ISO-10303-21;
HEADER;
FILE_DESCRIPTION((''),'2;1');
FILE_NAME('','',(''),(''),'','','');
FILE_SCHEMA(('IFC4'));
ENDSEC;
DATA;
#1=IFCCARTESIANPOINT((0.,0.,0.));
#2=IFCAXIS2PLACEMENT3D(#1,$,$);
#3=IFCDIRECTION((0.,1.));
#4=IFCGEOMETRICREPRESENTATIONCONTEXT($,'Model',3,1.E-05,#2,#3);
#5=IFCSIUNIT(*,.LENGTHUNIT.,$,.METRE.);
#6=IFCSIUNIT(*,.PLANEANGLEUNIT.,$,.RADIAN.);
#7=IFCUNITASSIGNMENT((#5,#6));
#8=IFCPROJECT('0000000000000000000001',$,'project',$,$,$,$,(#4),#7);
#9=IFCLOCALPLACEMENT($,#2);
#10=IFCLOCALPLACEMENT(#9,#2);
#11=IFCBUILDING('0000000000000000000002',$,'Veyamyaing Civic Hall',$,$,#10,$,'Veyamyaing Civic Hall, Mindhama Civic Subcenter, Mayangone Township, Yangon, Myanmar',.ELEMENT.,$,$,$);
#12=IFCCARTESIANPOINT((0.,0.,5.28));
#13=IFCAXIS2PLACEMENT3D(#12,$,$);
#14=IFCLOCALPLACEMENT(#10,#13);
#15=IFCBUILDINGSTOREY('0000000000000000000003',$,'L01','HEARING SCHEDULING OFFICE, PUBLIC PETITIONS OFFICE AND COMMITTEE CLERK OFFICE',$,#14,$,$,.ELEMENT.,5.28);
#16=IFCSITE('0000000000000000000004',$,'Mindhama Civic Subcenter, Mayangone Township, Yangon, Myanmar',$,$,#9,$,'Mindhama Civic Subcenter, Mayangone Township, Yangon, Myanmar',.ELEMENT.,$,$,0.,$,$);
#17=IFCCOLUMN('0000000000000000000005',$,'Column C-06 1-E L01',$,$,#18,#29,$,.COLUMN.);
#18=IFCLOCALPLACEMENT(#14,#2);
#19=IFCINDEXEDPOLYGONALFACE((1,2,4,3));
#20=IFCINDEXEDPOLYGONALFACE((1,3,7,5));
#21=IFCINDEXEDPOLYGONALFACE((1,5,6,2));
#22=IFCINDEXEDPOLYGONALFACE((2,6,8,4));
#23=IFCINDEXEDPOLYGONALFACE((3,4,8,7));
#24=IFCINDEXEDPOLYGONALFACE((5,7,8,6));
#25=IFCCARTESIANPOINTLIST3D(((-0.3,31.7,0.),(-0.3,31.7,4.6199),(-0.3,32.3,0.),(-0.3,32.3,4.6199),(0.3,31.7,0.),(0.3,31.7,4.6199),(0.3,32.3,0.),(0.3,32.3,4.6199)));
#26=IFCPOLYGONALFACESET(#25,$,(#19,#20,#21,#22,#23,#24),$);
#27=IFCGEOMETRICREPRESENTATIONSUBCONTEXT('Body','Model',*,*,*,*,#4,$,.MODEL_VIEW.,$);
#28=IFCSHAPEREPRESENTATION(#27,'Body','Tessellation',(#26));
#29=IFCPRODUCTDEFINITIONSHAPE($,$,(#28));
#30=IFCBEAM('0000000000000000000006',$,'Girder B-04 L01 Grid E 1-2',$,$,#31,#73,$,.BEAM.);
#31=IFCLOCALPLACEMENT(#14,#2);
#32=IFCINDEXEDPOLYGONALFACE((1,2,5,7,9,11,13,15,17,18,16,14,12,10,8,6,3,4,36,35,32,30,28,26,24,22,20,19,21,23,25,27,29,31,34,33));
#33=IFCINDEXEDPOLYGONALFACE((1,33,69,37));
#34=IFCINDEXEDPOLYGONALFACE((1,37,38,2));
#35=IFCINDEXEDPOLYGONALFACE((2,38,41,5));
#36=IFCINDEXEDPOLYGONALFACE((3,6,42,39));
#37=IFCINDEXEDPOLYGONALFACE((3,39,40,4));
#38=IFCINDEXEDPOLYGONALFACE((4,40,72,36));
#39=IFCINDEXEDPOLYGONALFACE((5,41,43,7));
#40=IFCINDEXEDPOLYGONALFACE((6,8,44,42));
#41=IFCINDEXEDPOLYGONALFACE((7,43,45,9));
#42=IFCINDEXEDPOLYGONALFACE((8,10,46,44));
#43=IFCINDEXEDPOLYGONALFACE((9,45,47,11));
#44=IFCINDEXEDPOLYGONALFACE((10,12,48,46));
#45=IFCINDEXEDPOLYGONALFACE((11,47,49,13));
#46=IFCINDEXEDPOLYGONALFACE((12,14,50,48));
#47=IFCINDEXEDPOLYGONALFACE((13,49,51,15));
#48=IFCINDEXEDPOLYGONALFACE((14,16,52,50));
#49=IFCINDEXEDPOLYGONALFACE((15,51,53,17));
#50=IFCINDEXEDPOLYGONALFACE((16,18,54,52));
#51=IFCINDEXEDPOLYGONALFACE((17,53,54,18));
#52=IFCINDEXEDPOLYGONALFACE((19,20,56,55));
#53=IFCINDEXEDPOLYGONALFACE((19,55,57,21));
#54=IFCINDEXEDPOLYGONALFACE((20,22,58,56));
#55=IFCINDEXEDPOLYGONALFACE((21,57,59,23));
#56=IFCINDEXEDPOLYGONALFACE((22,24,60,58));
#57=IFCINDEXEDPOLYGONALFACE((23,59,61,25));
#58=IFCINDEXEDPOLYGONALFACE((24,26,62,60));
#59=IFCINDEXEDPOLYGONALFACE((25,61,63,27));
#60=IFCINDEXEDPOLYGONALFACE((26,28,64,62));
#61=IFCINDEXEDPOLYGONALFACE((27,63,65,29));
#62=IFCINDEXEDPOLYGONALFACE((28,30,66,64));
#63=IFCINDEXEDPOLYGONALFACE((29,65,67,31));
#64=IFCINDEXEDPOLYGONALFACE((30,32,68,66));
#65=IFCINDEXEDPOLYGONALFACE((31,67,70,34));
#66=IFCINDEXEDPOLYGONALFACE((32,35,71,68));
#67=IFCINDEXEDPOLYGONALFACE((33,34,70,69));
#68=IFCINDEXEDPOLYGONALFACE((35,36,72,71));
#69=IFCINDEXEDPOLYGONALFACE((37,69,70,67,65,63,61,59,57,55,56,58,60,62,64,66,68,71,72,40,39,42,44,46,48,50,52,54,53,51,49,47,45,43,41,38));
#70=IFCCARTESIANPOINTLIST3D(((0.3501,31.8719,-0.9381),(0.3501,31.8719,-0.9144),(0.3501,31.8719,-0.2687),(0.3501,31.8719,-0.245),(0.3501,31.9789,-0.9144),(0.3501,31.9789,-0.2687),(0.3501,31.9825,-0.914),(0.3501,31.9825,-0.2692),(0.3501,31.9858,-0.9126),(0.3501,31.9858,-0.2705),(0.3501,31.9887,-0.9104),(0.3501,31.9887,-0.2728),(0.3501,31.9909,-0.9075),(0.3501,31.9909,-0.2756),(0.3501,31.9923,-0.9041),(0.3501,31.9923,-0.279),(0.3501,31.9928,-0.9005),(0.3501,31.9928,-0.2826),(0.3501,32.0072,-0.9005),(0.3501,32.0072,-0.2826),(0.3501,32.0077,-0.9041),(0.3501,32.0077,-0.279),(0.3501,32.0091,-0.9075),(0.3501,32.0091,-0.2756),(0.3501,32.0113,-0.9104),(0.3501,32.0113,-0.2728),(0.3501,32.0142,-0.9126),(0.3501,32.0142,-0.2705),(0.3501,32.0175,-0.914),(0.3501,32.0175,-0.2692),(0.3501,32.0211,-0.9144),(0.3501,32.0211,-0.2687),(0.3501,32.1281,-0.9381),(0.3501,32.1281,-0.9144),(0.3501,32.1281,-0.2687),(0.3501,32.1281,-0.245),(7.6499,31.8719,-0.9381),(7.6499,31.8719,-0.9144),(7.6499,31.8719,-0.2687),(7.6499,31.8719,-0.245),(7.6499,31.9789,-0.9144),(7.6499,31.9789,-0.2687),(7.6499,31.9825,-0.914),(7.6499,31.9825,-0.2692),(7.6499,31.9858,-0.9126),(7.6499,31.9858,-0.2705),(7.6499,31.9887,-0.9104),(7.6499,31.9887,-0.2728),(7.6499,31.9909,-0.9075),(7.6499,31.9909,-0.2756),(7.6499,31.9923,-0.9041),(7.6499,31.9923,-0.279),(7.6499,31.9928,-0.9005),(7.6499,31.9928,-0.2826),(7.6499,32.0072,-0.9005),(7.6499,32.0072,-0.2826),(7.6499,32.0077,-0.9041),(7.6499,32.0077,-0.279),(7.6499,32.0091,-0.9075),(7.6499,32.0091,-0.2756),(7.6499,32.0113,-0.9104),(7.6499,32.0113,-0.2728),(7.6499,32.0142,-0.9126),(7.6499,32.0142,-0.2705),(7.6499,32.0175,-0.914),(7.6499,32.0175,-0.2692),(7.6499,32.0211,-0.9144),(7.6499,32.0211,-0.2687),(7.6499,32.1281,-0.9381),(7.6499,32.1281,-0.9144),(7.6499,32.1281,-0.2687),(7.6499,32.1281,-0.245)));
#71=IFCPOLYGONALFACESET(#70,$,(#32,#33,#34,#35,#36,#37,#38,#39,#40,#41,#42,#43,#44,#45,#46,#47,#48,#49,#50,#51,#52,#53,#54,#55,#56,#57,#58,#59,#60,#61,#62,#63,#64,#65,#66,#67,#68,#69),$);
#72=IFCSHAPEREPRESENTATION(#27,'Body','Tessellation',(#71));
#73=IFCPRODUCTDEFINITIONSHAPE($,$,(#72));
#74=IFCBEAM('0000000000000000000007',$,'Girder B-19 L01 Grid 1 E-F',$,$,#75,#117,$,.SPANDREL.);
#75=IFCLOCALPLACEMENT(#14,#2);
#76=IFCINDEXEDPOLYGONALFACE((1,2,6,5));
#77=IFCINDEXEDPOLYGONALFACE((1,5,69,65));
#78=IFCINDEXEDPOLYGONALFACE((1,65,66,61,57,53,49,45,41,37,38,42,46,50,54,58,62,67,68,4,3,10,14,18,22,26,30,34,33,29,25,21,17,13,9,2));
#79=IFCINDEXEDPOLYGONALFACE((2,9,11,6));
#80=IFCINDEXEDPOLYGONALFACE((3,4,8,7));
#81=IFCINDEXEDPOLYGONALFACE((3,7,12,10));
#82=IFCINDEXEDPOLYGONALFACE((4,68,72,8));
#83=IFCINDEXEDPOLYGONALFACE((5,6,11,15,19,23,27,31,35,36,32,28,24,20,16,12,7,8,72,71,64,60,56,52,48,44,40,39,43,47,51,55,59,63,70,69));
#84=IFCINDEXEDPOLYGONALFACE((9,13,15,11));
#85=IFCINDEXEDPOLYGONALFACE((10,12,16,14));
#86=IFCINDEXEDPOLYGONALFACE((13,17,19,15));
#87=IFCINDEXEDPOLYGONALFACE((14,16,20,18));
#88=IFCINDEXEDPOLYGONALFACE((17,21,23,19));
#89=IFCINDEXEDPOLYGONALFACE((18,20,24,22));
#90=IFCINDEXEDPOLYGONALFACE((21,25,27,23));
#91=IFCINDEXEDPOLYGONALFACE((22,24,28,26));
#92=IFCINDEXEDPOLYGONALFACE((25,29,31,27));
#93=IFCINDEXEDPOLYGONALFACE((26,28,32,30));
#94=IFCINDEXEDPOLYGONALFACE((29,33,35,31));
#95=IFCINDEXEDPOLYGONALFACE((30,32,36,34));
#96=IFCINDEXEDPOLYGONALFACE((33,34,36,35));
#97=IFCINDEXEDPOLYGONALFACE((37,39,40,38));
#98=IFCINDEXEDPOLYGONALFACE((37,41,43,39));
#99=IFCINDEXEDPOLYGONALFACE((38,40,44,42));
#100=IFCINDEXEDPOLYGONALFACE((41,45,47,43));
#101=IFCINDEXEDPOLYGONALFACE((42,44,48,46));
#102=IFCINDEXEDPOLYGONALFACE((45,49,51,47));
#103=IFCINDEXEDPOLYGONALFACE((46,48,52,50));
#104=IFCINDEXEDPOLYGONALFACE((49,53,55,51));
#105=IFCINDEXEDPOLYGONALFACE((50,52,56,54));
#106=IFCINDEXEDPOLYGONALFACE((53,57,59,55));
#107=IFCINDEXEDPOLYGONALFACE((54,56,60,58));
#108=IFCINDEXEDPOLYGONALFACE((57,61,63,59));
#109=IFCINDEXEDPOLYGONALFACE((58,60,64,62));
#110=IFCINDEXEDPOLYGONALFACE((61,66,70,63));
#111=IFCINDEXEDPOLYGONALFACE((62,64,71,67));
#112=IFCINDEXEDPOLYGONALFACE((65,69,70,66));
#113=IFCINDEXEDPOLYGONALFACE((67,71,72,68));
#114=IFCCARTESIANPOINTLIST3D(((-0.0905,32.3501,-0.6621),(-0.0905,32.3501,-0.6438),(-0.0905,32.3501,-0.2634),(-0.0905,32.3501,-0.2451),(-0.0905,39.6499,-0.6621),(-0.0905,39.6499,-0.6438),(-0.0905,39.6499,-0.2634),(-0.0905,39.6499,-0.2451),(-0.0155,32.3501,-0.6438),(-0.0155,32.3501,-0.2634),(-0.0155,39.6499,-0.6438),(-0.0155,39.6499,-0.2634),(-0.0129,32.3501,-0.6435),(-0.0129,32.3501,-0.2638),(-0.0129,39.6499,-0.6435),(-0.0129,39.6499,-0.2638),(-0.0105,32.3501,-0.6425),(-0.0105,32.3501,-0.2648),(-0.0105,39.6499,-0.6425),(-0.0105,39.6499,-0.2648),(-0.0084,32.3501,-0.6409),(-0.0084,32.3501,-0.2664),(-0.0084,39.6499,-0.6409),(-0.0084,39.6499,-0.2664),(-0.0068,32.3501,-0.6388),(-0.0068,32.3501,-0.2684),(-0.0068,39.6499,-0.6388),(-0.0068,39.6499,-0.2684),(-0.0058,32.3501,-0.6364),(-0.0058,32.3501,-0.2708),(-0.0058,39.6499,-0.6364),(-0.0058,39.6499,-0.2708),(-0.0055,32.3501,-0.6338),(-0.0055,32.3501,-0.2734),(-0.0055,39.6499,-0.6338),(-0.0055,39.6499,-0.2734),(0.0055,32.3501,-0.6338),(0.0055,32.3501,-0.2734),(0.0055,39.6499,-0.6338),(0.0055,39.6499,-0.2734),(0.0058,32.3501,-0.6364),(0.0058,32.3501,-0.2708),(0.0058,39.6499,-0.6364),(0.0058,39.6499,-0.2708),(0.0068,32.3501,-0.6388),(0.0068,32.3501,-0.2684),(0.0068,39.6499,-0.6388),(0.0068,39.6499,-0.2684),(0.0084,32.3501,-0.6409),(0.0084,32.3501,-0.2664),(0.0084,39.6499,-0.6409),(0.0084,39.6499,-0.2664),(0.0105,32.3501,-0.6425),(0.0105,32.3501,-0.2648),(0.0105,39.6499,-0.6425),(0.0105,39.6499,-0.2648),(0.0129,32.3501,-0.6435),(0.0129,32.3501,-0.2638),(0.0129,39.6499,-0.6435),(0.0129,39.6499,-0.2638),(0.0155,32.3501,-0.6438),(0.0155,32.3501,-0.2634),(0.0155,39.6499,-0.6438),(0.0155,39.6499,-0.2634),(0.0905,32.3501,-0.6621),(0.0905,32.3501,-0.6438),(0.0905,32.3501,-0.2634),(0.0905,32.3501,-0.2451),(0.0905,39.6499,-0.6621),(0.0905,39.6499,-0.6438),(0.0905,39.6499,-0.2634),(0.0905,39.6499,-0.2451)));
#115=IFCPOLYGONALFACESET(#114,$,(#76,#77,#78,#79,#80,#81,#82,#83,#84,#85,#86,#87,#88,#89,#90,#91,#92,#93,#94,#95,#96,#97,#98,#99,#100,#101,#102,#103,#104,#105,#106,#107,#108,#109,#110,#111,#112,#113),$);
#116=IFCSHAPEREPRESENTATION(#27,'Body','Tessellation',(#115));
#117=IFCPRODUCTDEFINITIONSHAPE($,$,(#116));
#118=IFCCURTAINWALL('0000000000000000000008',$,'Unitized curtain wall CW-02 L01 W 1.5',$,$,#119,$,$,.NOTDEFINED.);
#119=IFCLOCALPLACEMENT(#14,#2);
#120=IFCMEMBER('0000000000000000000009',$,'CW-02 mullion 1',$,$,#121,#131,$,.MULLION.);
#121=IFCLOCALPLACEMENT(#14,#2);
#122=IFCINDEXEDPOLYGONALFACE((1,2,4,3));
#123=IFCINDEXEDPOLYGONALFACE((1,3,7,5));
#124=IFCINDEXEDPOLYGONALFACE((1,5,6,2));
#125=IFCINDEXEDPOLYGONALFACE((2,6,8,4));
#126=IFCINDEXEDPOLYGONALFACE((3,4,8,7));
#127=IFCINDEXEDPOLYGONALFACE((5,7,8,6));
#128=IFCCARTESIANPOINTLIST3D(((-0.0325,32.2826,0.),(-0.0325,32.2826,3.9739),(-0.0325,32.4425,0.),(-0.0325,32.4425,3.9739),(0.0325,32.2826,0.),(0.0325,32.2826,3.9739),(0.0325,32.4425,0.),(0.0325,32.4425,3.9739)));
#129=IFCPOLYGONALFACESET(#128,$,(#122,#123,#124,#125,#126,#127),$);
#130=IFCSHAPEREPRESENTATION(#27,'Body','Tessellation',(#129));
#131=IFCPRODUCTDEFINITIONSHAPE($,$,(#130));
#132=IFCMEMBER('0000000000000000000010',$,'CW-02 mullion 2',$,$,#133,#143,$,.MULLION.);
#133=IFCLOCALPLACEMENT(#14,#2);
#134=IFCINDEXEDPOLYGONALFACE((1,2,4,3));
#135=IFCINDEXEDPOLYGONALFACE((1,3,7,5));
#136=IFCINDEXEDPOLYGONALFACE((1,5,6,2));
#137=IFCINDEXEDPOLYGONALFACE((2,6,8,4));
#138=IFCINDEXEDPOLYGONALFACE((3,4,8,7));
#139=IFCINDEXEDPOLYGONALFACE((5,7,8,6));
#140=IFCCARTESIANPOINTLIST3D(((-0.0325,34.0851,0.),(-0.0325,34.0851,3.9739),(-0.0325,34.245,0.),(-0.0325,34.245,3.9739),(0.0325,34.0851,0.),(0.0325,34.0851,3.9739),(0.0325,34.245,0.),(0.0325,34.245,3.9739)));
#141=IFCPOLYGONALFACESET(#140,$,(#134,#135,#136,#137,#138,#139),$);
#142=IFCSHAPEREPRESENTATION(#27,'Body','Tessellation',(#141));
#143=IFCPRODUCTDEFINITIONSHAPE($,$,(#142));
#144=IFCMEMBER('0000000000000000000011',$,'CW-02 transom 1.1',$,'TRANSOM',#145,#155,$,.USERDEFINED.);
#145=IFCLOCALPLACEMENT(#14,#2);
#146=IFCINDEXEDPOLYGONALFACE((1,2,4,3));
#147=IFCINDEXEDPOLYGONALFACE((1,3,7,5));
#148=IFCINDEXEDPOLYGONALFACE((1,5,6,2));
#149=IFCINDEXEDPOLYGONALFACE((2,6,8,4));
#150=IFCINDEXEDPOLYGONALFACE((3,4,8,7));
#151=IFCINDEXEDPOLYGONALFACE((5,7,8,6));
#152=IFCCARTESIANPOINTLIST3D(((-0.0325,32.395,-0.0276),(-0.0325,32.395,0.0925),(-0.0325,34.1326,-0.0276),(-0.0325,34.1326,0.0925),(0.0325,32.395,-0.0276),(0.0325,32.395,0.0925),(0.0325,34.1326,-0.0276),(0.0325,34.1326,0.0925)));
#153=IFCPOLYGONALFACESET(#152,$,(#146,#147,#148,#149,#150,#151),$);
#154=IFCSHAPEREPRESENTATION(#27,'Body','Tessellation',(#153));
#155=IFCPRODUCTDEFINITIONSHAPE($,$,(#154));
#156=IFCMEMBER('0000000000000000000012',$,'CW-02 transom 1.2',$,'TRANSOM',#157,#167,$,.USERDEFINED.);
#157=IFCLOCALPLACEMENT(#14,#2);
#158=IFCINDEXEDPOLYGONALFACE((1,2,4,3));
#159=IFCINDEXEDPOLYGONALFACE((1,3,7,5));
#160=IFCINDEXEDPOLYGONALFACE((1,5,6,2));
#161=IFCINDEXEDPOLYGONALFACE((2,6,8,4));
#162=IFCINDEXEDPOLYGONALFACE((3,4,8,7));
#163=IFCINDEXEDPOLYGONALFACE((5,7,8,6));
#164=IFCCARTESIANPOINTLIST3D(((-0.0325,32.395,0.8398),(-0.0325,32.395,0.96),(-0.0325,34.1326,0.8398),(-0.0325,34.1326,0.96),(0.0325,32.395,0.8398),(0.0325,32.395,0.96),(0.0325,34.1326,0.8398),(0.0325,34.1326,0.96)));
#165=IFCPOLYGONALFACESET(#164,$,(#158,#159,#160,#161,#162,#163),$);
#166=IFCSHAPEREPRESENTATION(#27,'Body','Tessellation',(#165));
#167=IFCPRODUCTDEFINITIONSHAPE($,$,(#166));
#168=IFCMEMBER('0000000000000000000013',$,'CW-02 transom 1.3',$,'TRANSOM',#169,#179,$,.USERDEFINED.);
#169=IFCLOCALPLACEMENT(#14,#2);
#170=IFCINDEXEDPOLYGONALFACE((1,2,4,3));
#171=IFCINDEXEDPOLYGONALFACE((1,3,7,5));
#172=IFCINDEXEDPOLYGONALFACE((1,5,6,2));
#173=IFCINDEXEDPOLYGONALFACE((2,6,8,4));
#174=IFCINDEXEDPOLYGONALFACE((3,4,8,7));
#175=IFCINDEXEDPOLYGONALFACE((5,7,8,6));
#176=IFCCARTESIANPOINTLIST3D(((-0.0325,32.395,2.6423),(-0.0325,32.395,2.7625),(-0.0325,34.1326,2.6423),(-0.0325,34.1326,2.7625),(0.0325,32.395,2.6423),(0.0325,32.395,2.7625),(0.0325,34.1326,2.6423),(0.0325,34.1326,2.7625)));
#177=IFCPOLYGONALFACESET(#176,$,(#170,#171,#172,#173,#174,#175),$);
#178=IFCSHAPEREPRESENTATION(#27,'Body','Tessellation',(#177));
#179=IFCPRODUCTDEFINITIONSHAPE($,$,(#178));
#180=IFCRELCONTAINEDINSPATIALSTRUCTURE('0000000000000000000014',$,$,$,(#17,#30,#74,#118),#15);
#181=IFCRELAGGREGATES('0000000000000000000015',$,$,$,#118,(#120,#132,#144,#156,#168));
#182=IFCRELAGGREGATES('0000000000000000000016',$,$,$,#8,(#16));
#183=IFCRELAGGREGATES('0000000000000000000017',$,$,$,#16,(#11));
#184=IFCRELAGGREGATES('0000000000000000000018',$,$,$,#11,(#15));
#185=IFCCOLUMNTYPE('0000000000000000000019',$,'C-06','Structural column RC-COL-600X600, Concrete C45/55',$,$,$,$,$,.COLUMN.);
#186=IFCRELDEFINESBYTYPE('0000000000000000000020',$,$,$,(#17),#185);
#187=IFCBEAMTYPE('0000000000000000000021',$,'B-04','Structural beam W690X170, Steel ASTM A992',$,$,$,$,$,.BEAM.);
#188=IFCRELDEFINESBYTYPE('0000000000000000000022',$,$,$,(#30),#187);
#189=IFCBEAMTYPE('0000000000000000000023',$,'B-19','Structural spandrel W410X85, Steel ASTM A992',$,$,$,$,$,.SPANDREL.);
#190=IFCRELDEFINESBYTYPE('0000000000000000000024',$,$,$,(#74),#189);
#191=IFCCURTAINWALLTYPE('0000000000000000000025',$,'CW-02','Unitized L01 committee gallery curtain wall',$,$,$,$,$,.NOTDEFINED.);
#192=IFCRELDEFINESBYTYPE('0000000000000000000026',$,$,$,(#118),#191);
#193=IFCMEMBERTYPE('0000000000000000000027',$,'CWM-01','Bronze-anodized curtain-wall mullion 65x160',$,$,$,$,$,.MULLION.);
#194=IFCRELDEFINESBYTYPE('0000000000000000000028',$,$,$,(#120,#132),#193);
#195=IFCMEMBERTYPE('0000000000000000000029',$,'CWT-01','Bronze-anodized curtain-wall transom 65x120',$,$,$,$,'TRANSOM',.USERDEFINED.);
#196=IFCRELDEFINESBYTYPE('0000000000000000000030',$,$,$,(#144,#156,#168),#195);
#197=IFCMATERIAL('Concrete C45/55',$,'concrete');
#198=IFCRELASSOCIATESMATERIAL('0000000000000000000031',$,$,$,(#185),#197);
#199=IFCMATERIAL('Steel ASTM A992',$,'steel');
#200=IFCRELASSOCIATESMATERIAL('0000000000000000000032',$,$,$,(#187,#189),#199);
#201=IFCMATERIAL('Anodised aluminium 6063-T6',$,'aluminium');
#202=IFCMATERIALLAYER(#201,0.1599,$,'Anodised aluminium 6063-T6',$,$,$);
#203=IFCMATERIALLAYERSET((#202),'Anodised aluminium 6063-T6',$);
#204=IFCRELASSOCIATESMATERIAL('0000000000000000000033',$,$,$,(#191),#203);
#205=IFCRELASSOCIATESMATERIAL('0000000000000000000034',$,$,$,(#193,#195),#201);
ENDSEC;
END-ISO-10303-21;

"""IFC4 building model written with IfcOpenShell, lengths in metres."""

from ifc_helpers import new_model, si_unit, direction, frame, origin, origin_2d, place, context, subcontext, project, spatial, rectangle, i_section, extrude, material, layer, layer_set, material_profile, profile_set, type_object, element, aggregate, save


model = new_model("IFC4")

# Units and contexts
model_context = context("Model", 3, precision=1e-05, world=origin(), true_north=direction((0.0, 1.0)))
body_context = subcontext(model_context, "Body", "Model", "MODEL_VIEW")
ifc_project = project(units=[si_unit("LENGTHUNIT", "METRE"), si_unit("PLANEANGLEUNIT", "RADIAN")], contexts=[model_context])

# Site, building, storey
site_placement = place(None, origin())
site = spatial("IfcSite", under=ifc_project, at=site_placement, Name="Mindhama Civic Subcenter, Mayangone Township, Yangon, Myanmar", LongName="Mindhama Civic Subcenter, Mayangone Township, Yangon, Myanmar", CompositionType="ELEMENT", RefElevation=0.0)
building_placement = place(site_placement, origin())
building = spatial("IfcBuilding", under=site, at=building_placement, Name="Veyamyaing Civic Hall", LongName="Veyamyaing Civic Hall, Mindhama Civic Subcenter, Mayangone Township, Yangon, Myanmar", CompositionType="ELEMENT")
storey_placement = place(building_placement, frame((0.0, 0.0, 5.28)))
storey = spatial("IfcBuildingStorey", under=building, at=storey_placement, Name="L01", Description="HEARING SCHEDULING OFFICE, PUBLIC PETITIONS OFFICE AND COMMITTEE CLERK OFFICE", CompositionType="ELEMENT", Elevation=5.28)

# Column
ifc_material_1 = material(Name="Concrete C45/55", Category="concrete")
ifc_material_profile_1 = material_profile(ifc_material_1, rectangle(XDim=0.6001, YDim=0.6001, at=origin_2d()), Name="RC-COL-600X600")
ifc_profile_set_1 = profile_set([ifc_material_profile_1], Name="Concrete C45/55")
column_type = type_object("IfcColumnType", Name="C-06", Description="Structural column RC-COL-600X600, Concrete C45/55", PredefinedType="COLUMN", material=ifc_profile_set_1)
column_placement = place(storey_placement, frame((0.0, 32.0, 0.0), z_axis=(0.0, 0.0, 1.0), x_axis=(1.0, 0.0, 0.0)))
element("IfcColumn", 1, at=column_placement, inside=storey, type_object=column_type, Name="Column C-06 1-E L01", PredefinedType="COLUMN", context=body_context, shape_type="SweptSolid", body=[
    extrude(rectangle(XDim=0.6001, YDim=0.6001, at=origin_2d()), origin(), (0.0, 0.0, 1.0), 4.6199),
])

# Beams
ifc_material_2 = material(Name="Steel ASTM A992", Category="steel")
ifc_material_profile_2 = material_profile(ifc_material_2, i_section(OverallWidth=0.2561, OverallDepth=0.6931, WebThickness=0.0144, FlangeThickness=0.0237, FilletRadius=0.0139, at=origin_2d()), Name="W690X170")
ifc_profile_set_2 = profile_set([ifc_material_profile_2], Name="Steel ASTM A992")
beam_type_1 = type_object("IfcBeamType", Name="B-04", Description="Structural beam W690X170, Steel ASTM A992", PredefinedType="BEAM", material=ifc_profile_set_2)
beam_1_placement = place(storey_placement, frame((0.3501, 32.0, -0.5916), z_axis=(1.0, 0.0, 0.0), x_axis=(0.0, 1.0, 0.0)))
element("IfcBeam", 2, at=beam_1_placement, inside=storey, type_object=beam_type_1, Name="Girder B-04 L01 Grid E 1-2", PredefinedType="BEAM", context=body_context, shape_type="SweptSolid", body=[
    extrude(i_section(OverallWidth=0.2561, OverallDepth=0.6931, WebThickness=0.0144, FlangeThickness=0.0237, FilletRadius=0.0139, at=origin_2d()), origin(), (0.0, 0.0, 1.0), 7.2998),
])
ifc_material_profile_3 = material_profile(ifc_material_2, i_section(OverallWidth=0.1809, OverallDepth=0.417, WebThickness=0.011, FlangeThickness=0.0183, FilletRadius=0.01, at=origin_2d()), Name="W410X85")
ifc_profile_set_3 = profile_set([ifc_material_profile_3], Name="Steel ASTM A992")
beam_type_2 = type_object("IfcBeamType", Name="B-19", Description="Structural spandrel W410X85, Steel ASTM A992", PredefinedType="SPANDREL", material=ifc_profile_set_3)
beam_2_placement = place(storey_placement, frame((0.0, 32.3501, -0.4536), z_axis=(0.0, 1.0, 0.0), x_axis=(-1.0, 0.0, 0.0)))
element("IfcBeam", 3, at=beam_2_placement, inside=storey, type_object=beam_type_2, Name="Girder B-19 L01 Grid 1 E-F", PredefinedType="SPANDREL", context=body_context, shape_type="SweptSolid", body=[
    extrude(i_section(OverallWidth=0.1809, OverallDepth=0.417, WebThickness=0.011, FlangeThickness=0.0183, FilletRadius=0.01, at=origin_2d()), origin(), (0.0, 0.0, 1.0), 7.2998),
])

# Curtain wall, members
ifc_material_3 = material(Name="Anodised aluminium 6063-T6", Category="aluminium")
ifc_layer_1 = layer(ifc_material_3, 0.1599, Name="Anodised aluminium 6063-T6")
ifc_layer_set_1 = layer_set([ifc_layer_1], Name="Anodised aluminium 6063-T6")
curtain_wall_type = type_object("IfcCurtainWallType", Name="CW-02", Description="Unitized L01 committee gallery curtain wall", PredefinedType="NOTDEFINED", material=ifc_layer_set_1)
curtain_wall_placement = place(storey_placement, origin())
curtain_wall = element("IfcCurtainWall", 4, at=curtain_wall_placement, inside=storey, type_object=curtain_wall_type, Name="Unitized curtain wall CW-02 L01 W 1.5", PredefinedType="NOTDEFINED")
ifc_material_profile_4 = material_profile(ifc_material_3, rectangle(XDim=0.0649, YDim=0.1599, at=origin_2d()), Name="ALU-MUL-65X160")
ifc_profile_set_4 = profile_set([ifc_material_profile_4], Name="Anodised aluminium 6063-T6")
member_type_1 = type_object("IfcMemberType", Name="CWM-01", Description="Bronze-anodized curtain-wall mullion 65x160", PredefinedType="MULLION", material=ifc_profile_set_4)
member_1_placement = place(storey_placement, frame((0.0, 32.3625, 0.0), z_axis=(0.0, 0.0, 1.0), x_axis=(-1.0, 0.0, 0.0)))
member_1 = element("IfcMember", 5, at=member_1_placement, type_object=member_type_1, Name="CW-02 mullion 1", PredefinedType="MULLION", context=body_context, shape_type="SweptSolid", body=[
    extrude(rectangle(XDim=0.0649, YDim=0.1599, at=origin_2d()), origin(), (0.0, 0.0, 1.0), 3.9739),
])
member_2_placement = place(storey_placement, frame((0.0, 34.165, 0.0), z_axis=(0.0, 0.0, 1.0), x_axis=(-1.0, 0.0, 0.0)))
member_2 = element("IfcMember", 6, at=member_2_placement, type_object=member_type_1, Name="CW-02 mullion 2", PredefinedType="MULLION", context=body_context, shape_type="SweptSolid", body=[
    extrude(rectangle(XDim=0.0649, YDim=0.1599, at=origin_2d()), origin(), (0.0, 0.0, 1.0), 3.9739),
])
ifc_material_profile_5 = material_profile(ifc_material_3, rectangle(XDim=0.0649, YDim=0.1201, at=origin_2d()), Name="ALU-TRN-65X120")
ifc_profile_set_5 = profile_set([ifc_material_profile_5], Name="Anodised aluminium 6063-T6")
member_type_2 = type_object("IfcMemberType", Name="CWT-01", Description="Bronze-anodized curtain-wall transom 65x120", ElementType="TRANSOM", PredefinedType="USERDEFINED", material=ifc_profile_set_5)
member_3_placement = place(storey_placement, frame((0.0, 32.395, 0.0325), z_axis=(0.0, 1.0, 0.0), x_axis=(-1.0, 0.0, 0.0)))
member_3 = element("IfcMember", 7, at=member_3_placement, type_object=member_type_2, Name="CW-02 transom 1.1", ObjectType="TRANSOM", PredefinedType="USERDEFINED", context=body_context, shape_type="SweptSolid", body=[
    extrude(rectangle(XDim=0.0649, YDim=0.1201, at=origin_2d()), origin(), (0.0, 0.0, 1.0), 1.7375),
])
member_4_placement = place(storey_placement, frame((0.0, 32.395, 0.8999), z_axis=(0.0, 1.0, 0.0), x_axis=(-1.0, 0.0, 0.0)))
member_4 = element("IfcMember", 8, at=member_4_placement, type_object=member_type_2, Name="CW-02 transom 1.2", ObjectType="TRANSOM", PredefinedType="USERDEFINED", context=body_context, shape_type="SweptSolid", body=[
    extrude(rectangle(XDim=0.0649, YDim=0.1201, at=origin_2d()), origin(), (0.0, 0.0, 1.0), 1.7375),
])
member_5_placement = place(storey_placement, frame((0.0, 32.395, 2.7024), z_axis=(0.0, 1.0, 0.0), x_axis=(-1.0, 0.0, 0.0)))
member_5 = element("IfcMember", 9, at=member_5_placement, type_object=member_type_2, Name="CW-02 transom 1.3", ObjectType="TRANSOM", PredefinedType="USERDEFINED", context=body_context, shape_type="SweptSolid", body=[
    extrude(rectangle(XDim=0.0649, YDim=0.1201, at=origin_2d()), origin(), (0.0, 0.0, 1.0), 1.7375),
])

aggregate(curtain_wall, [member_1, member_2, member_3, member_4, member_5])

save(model, "model.ifc")
